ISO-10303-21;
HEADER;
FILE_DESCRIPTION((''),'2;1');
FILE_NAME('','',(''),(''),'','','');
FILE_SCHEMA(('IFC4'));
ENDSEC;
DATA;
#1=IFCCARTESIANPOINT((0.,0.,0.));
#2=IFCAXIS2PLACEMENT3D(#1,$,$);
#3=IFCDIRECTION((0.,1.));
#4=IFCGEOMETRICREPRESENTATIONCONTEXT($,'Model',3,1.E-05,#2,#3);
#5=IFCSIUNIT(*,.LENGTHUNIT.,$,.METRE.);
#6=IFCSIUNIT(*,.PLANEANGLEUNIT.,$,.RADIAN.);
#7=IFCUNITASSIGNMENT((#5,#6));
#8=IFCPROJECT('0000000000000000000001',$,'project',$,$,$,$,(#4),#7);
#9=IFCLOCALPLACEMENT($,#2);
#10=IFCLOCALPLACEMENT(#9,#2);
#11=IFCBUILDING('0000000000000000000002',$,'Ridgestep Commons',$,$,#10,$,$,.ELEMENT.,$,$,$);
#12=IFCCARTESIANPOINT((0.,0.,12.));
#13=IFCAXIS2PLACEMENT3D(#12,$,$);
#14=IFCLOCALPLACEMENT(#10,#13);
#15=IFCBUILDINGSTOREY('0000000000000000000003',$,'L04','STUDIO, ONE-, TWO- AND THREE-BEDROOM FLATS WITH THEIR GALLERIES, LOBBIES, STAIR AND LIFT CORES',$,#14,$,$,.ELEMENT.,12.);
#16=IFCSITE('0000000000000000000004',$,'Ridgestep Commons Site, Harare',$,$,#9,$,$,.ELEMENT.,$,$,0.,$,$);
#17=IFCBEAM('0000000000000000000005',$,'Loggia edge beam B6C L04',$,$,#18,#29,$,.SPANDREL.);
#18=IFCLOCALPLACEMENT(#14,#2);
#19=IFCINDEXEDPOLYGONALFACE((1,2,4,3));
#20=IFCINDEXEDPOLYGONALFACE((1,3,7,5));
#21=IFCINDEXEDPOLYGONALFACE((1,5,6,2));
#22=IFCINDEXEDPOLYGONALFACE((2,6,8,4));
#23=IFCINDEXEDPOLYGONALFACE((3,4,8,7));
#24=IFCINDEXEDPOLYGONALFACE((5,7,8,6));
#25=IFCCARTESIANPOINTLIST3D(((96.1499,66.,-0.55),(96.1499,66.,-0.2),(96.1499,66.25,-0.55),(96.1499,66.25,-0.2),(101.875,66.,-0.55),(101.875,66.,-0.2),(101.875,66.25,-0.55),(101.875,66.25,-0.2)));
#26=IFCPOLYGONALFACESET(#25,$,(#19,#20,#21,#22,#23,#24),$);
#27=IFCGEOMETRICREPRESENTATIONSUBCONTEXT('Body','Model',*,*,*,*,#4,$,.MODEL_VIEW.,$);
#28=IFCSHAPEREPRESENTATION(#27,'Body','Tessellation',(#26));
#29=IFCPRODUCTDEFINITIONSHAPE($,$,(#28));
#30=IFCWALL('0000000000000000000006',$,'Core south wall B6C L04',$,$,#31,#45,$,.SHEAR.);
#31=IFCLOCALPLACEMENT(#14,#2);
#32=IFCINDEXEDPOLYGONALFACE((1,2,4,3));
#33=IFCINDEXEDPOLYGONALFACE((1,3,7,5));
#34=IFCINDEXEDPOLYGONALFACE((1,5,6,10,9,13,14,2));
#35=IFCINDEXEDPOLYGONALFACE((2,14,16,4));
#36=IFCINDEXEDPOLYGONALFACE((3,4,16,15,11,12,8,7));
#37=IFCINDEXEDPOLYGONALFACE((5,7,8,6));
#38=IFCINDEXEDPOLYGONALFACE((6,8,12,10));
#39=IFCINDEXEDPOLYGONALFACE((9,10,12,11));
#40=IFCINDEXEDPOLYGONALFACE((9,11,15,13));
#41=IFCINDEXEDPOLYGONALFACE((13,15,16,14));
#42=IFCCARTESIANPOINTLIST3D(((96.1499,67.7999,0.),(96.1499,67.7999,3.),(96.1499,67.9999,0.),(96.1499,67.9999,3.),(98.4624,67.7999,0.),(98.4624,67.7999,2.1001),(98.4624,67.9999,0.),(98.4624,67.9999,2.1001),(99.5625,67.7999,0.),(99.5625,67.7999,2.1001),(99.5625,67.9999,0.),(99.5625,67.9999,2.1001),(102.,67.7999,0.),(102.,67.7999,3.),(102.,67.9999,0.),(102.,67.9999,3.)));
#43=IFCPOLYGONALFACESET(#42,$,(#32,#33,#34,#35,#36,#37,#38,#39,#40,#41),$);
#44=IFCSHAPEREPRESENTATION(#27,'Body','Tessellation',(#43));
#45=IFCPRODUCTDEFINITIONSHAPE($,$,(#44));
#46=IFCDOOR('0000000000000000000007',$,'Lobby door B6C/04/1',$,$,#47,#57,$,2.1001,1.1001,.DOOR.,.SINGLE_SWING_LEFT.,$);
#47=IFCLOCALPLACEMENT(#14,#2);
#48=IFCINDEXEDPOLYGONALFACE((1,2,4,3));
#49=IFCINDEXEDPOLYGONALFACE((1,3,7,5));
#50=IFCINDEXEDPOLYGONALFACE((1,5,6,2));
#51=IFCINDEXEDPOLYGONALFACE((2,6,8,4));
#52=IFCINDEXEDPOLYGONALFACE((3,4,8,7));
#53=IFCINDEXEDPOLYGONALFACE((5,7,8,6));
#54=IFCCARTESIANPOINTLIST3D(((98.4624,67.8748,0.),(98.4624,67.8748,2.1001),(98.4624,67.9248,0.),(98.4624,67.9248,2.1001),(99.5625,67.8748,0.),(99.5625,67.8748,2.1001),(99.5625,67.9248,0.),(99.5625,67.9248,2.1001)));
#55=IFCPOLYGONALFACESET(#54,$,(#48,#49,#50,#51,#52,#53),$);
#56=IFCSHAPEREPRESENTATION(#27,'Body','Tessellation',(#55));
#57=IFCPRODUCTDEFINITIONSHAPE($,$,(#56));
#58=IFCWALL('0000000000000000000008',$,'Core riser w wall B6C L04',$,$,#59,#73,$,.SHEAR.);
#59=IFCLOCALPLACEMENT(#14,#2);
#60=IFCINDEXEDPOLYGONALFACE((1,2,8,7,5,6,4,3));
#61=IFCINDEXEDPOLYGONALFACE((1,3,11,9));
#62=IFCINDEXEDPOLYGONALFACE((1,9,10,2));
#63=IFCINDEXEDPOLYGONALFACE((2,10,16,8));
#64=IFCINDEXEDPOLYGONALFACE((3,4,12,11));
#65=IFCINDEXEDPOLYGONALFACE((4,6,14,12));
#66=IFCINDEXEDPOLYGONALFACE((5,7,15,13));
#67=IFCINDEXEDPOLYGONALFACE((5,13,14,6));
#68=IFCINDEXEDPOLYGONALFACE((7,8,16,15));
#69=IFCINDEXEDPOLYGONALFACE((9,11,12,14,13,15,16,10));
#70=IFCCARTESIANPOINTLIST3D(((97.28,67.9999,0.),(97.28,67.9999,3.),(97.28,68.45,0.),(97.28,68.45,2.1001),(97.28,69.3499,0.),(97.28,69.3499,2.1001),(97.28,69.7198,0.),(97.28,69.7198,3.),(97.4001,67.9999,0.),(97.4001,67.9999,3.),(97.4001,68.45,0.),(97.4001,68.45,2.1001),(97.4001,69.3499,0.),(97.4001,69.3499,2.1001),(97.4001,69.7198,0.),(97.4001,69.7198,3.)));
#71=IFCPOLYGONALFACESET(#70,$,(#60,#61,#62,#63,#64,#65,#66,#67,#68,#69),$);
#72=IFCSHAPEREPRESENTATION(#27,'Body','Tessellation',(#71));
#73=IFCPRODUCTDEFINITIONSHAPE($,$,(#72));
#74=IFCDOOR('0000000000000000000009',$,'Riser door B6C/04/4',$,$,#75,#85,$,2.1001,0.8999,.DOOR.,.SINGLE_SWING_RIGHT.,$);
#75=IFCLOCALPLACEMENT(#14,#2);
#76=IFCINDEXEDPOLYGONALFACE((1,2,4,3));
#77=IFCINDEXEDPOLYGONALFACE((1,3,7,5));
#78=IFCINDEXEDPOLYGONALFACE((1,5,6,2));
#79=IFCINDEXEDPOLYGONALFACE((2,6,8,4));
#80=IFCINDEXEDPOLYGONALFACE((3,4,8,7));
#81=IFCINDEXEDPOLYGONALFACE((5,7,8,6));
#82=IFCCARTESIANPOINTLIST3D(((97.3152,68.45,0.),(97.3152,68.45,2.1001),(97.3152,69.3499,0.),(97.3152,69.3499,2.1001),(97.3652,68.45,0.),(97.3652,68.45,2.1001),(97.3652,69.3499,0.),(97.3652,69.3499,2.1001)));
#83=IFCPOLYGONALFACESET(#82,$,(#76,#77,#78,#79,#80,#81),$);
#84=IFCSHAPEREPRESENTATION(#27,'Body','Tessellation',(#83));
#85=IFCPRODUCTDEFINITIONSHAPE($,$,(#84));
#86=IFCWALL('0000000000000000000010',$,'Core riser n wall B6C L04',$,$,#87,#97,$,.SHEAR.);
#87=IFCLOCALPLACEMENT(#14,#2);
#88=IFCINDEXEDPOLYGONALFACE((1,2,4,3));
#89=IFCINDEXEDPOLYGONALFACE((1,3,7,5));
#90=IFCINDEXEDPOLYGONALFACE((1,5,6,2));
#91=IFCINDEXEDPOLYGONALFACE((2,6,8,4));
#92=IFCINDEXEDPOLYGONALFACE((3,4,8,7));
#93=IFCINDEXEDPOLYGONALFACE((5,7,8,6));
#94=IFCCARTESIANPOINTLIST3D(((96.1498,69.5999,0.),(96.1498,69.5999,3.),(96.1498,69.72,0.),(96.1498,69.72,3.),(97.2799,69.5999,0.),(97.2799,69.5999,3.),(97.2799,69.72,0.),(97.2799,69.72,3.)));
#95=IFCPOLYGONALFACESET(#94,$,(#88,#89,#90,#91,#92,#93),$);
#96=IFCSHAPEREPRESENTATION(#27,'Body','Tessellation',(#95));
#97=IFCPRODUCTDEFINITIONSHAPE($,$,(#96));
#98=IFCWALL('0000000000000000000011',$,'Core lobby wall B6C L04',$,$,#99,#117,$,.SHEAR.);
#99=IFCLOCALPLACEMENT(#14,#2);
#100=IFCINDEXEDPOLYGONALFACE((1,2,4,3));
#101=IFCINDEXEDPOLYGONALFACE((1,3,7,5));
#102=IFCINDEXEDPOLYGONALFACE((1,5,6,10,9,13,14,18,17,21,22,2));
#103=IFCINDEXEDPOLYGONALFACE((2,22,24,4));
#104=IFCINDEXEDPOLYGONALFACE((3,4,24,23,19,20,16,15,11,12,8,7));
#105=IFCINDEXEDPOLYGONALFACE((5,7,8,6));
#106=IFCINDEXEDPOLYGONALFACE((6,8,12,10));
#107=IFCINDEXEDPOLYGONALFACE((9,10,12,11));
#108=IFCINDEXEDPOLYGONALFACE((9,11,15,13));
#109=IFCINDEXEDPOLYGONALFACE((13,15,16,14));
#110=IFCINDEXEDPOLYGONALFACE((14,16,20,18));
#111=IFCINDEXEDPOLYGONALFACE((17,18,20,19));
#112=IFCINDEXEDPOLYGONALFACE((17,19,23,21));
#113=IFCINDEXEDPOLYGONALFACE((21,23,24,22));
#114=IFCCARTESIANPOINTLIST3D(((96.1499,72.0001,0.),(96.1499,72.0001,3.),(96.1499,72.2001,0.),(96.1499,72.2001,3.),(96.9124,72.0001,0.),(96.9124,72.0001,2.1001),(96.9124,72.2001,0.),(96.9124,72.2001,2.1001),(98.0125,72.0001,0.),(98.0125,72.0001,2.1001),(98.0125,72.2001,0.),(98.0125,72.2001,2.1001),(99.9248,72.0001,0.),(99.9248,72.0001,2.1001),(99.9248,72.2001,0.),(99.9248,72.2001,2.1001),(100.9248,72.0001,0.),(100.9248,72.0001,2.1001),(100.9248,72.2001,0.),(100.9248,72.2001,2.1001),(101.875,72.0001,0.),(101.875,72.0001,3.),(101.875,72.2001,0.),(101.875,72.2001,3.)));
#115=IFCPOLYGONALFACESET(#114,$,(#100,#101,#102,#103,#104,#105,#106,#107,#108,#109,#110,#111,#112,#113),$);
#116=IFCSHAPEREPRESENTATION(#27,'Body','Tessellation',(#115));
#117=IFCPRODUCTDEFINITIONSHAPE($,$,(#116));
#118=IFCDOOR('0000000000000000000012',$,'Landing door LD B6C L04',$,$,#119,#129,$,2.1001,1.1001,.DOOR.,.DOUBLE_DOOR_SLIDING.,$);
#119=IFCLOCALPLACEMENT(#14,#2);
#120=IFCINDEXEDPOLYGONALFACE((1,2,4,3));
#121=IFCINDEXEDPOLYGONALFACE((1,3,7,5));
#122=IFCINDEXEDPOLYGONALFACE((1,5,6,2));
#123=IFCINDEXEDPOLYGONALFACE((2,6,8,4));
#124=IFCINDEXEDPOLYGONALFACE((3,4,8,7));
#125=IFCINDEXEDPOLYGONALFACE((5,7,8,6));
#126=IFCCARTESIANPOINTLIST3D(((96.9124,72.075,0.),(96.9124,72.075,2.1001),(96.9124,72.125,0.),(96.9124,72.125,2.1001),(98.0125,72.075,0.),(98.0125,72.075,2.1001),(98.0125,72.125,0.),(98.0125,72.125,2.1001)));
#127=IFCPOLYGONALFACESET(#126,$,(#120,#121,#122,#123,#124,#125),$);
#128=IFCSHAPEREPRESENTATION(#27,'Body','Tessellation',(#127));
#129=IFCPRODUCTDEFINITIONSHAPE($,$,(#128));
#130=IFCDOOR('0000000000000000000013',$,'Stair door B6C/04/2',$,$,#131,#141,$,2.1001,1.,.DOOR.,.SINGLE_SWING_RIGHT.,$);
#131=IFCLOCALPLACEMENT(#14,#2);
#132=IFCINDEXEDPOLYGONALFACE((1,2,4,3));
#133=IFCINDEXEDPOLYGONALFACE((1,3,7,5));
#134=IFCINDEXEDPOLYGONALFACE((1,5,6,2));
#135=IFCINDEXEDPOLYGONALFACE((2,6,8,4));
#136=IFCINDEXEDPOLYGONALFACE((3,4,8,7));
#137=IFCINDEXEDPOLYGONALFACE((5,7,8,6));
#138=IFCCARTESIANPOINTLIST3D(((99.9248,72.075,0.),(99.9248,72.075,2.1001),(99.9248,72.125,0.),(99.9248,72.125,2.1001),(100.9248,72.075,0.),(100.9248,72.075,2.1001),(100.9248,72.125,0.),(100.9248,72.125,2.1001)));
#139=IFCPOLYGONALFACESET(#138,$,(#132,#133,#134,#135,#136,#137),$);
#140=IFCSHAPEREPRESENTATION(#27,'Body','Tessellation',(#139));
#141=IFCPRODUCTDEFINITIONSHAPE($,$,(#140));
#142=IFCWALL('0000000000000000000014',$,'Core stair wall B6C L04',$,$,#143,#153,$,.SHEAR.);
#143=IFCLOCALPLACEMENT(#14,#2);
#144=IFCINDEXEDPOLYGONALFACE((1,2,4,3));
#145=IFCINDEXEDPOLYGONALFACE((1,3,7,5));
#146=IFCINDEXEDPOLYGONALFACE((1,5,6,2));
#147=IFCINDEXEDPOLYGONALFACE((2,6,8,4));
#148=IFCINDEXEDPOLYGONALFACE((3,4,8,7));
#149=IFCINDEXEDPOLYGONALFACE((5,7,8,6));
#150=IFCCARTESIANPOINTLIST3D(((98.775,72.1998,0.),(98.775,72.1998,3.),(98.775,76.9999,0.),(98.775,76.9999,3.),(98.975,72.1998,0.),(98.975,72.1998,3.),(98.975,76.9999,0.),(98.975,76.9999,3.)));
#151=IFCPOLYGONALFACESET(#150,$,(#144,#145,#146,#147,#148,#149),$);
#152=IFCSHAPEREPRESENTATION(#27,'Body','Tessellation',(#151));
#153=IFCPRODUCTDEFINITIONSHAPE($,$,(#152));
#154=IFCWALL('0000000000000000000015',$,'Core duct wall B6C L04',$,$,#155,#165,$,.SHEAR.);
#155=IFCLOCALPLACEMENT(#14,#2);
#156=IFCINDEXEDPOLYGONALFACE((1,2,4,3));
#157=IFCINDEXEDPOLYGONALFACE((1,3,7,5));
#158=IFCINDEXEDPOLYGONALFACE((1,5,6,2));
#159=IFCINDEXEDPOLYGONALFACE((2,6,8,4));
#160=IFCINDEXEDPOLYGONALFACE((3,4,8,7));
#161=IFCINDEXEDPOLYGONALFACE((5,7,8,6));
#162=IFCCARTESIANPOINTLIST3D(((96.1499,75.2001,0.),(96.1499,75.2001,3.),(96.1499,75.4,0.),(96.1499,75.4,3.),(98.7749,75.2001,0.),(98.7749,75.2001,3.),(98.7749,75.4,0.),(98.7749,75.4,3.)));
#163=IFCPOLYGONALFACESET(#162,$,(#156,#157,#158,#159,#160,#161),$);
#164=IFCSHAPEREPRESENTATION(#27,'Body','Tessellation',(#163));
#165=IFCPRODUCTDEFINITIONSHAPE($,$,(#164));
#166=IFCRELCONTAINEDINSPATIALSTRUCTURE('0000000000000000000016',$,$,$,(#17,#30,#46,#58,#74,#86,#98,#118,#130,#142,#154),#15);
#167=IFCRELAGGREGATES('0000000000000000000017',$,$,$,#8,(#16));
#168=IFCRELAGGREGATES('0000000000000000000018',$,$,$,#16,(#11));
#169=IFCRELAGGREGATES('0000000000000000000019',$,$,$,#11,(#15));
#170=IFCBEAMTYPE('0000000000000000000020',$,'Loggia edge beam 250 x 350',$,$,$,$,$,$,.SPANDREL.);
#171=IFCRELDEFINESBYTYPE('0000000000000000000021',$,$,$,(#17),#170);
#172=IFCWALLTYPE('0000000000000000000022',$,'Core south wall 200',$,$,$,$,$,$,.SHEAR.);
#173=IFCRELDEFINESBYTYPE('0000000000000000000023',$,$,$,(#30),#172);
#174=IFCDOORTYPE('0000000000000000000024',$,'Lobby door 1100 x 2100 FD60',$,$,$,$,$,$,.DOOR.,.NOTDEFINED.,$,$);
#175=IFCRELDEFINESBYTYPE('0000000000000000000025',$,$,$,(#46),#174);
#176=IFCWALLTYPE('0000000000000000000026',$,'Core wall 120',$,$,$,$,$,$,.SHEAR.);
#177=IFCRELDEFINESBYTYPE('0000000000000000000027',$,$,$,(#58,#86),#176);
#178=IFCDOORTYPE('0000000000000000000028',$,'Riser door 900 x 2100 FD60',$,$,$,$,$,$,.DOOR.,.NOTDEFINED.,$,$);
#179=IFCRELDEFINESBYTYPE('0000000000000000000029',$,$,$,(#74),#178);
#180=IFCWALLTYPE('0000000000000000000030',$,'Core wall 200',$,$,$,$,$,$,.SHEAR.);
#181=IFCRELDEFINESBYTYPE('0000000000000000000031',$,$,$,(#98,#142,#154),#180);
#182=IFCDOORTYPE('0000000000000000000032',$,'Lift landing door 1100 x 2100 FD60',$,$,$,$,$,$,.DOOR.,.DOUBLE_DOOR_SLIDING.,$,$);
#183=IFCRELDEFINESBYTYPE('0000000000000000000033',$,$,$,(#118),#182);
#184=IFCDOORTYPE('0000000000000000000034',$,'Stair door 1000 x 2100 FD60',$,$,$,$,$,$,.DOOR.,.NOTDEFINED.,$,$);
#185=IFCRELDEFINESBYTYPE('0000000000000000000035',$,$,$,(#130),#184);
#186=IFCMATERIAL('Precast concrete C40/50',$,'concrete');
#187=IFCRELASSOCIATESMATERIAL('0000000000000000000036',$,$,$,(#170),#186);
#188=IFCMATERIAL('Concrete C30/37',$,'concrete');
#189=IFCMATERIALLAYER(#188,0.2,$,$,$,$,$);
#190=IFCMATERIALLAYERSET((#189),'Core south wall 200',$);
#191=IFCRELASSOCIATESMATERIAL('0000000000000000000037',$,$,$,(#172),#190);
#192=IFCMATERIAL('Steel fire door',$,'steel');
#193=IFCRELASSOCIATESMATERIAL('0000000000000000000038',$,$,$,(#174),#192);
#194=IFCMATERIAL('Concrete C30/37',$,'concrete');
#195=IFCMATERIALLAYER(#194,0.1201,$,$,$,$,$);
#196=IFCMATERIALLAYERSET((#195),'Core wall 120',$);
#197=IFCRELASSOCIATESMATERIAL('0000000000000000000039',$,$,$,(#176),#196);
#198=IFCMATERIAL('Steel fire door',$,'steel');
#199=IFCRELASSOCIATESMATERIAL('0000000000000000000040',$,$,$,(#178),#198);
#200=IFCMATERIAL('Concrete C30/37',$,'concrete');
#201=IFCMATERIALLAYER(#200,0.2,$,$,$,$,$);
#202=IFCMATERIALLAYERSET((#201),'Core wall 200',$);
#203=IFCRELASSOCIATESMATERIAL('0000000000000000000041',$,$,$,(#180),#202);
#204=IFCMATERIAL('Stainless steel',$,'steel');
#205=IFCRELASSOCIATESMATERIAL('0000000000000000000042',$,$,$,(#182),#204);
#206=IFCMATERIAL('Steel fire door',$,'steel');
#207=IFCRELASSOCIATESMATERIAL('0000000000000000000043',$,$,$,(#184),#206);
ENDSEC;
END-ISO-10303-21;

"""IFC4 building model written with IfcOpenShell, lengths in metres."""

from ifc_helpers import new_model, si_unit, direction, frame, frame_2d, origin, origin_2d, place, context, subcontext, project, spatial, rectangle, extrude, material, layer, layer_set, material_profile, profile_set, type_object, element, fill, save


model = new_model("IFC4")

# Units and contexts
model_context = context("Model", 3, precision=1e-05, world=origin(), true_north=direction((0.0, 1.0)))
body_context = subcontext(model_context, "Body", "Model", "MODEL_VIEW")
ifc_project = project(units=[si_unit("LENGTHUNIT", "METRE"), si_unit("PLANEANGLEUNIT", "RADIAN")], contexts=[model_context])

# Site, building, storey
site_placement = place(None, origin())
site = spatial("IfcSite", under=ifc_project, at=site_placement, Name="Ridgestep Commons Site, Harare", CompositionType="ELEMENT", RefElevation=0.0)
building_placement = place(site_placement, origin())
building = spatial("IfcBuilding", under=site, at=building_placement, Name="Ridgestep Commons", CompositionType="ELEMENT")
storey_placement = place(building_placement, frame((0.0, 0.0, 12.0)))
storey = spatial("IfcBuildingStorey", under=building, at=storey_placement, Name="L04", Description="STUDIO, ONE-, TWO- AND THREE-BEDROOM FLATS WITH THEIR GALLERIES, LOBBIES, STAIR AND LIFT CORES", CompositionType="ELEMENT", Elevation=12.0)

# Beam
ifc_material_1 = material(Name="Precast concrete C40/50", Category="concrete")
ifc_material_profile = material_profile(ifc_material_1, rectangle(XDim=0.25, YDim=0.3501, at=origin_2d()), Name="PC 250x350")
ifc_profile_set = profile_set([ifc_material_profile], Name="Precast concrete C40/50")
beam_type = type_object("IfcBeamType", Name="Loggia edge beam 250 x 350", PredefinedType="SPANDREL", material=ifc_profile_set)
beam_placement = place(storey_placement, frame((96.1499, 66.125, -0.375), z_axis=(1.0, 0.0, 0.0), x_axis=(0.0, 1.0, 0.0)))
element("IfcBeam", 1, at=beam_placement, inside=storey, type_object=beam_type, Name="Loggia edge beam B6C L04", PredefinedType="SPANDREL", context=body_context, shape_type="SweptSolid", body=[
    extrude(rectangle(XDim=0.25, YDim=0.3501, at=origin_2d()), origin(), (0.0, 0.0, 1.0), 5.7251),
])

# Walls, openings, doors
ifc_material_2 = material(Name="Concrete C30/37", Category="concrete")
ifc_layer_1 = layer(ifc_material_2, 0.2)
ifc_layer_set_1 = layer_set([ifc_layer_1], Name="Core south wall 200")
wall_type_1 = type_object("IfcWallType", Name="Core south wall 200", PredefinedType="SHEAR", material=ifc_layer_set_1)
wall_1_placement = place(storey_placement, frame((96.1499, 67.8999, 0.0), z_axis=(0.0, 0.0, 1.0), x_axis=(1.0, 0.0, 0.0)))
wall_1 = element("IfcWall", 2, at=wall_1_placement, inside=storey, type_object=wall_type_1, Name="Core south wall B6C L04", PredefinedType="SHEAR", context=body_context, shape_type="SweptSolid", body=[
    extrude(rectangle(XDim=5.8501, YDim=0.2, at=frame_2d((2.925, 0.0))), origin(), (0.0, 0.0, 1.0), 3.0),
])
opening_1_placement = place(wall_1_placement, frame((2.3125, 0.0, 0.0)))
opening_1 = element("IfcOpeningElement", 3, at=opening_1_placement, cuts=wall_1, PredefinedType="OPENING", context=body_context, shape_type="SweptSolid", body=[
    extrude(rectangle(XDim=1.1001, YDim=2.1001, at=frame_2d((0.55, 1.05))), frame((0.0, 0.1099, 0.0), z_axis=(0.0, -1.0, 0.0), x_axis=(1.0, 0.0, 0.0)), (0.0, 0.0, 1.0), 0.22),
])
ifc_material_3 = material(Name="Steel fire door", Category="steel")
door_type_1 = type_object("IfcDoorType", Name="Lobby door 1100 x 2100 FD60", OperationType="NOTDEFINED", PredefinedType="DOOR", material=ifc_material_3)
door_1_placement = place(opening_1_placement, origin())
door_1 = element("IfcDoor", 4, at=door_1_placement, inside=storey, type_object=door_type_1, Name="Lobby door B6C/04/1", OperationType="SINGLE_SWING_LEFT", OverallHeight=2.1001, OverallWidth=1.1001, PredefinedType="DOOR", context=body_context, shape_type="SweptSolid", body=[
    extrude(rectangle(XDim=1.1001, YDim=2.1001, at=frame_2d((0.55, 1.05))), frame((0.0, 0.0249, 0.0), z_axis=(0.0, -1.0, 0.0), x_axis=(1.0, 0.0, 0.0)), (0.0, 0.0, 1.0), 0.05),
])
fill(opening_1, door_1)
ifc_material_4 = material(Name="Concrete C30/37", Category="concrete")
ifc_layer_2 = layer(ifc_material_4, 0.1201)
ifc_layer_set_2 = layer_set([ifc_layer_2], Name="Core wall 120")
wall_type_2 = type_object("IfcWallType", Name="Core wall 120", PredefinedType="SHEAR", material=ifc_layer_set_2)
wall_2_placement = place(storey_placement, frame((97.3401, 68.0, 0.0), z_axis=(0.0, 0.0, 1.0), x_axis=(0.0, 1.0, 0.0)))
wall_2 = element("IfcWall", 5, at=wall_2_placement, inside=storey, type_object=wall_type_2, Name="Core riser w wall B6C L04", PredefinedType="SHEAR", context=body_context, shape_type="SweptSolid", body=[
    extrude(rectangle(XDim=1.72, YDim=0.1201, at=frame_2d((0.8599, 0.0))), origin(), (0.0, 0.0, 1.0), 3.0),
])
opening_2_placement = place(wall_2_placement, frame((0.45, 0.0, 0.0)))
opening_2 = element("IfcOpeningElement", 6, at=opening_2_placement, cuts=wall_2, PredefinedType="OPENING", context=body_context, shape_type="SweptSolid", body=[
    extrude(rectangle(XDim=0.8999, YDim=2.1001, at=frame_2d((0.45, 1.05))), frame((0.0, 0.0701, 0.0), z_axis=(0.0, -1.0, 0.0), x_axis=(1.0, 0.0, 0.0)), (0.0, 0.0, 1.0), 0.1401),
])
ifc_material_5 = material(Name="Steel fire door", Category="steel")
door_type_2 = type_object("IfcDoorType", Name="Riser door 900 x 2100 FD60", OperationType="NOTDEFINED", PredefinedType="DOOR", material=ifc_material_5)
door_2_placement = place(opening_2_placement, origin())
door_2 = element("IfcDoor", 7, at=door_2_placement, inside=storey, type_object=door_type_2, Name="Riser door B6C/04/4", OperationType="SINGLE_SWING_RIGHT", OverallHeight=2.1001, OverallWidth=0.8999, PredefinedType="DOOR", context=body_context, shape_type="SweptSolid", body=[
    extrude(rectangle(XDim=0.8999, YDim=2.1001, at=frame_2d((0.45, 1.05))), frame((0.0, 0.0249, 0.0), z_axis=(0.0, -1.0, 0.0), x_axis=(1.0, 0.0, 0.0)), (0.0, 0.0, 1.0), 0.05),
])
fill(opening_2, door_2)

# Wall
wall_3_placement = place(storey_placement, frame((96.1499, 69.6599, 0.0), z_axis=(0.0, 0.0, 1.0), x_axis=(1.0, 0.0, 0.0)))
element("IfcWall", 8, at=wall_3_placement, inside=storey, type_object=wall_type_2, Name="Core riser n wall B6C L04", PredefinedType="SHEAR", context=body_context, shape_type="SweptSolid", body=[
    extrude(rectangle(XDim=1.1301, YDim=0.1201, at=frame_2d((0.5649, 0.0))), origin(), (0.0, 0.0, 1.0), 3.0),
])

# Wall, openings, doors
ifc_material_6 = material(Name="Concrete C30/37", Category="concrete")
ifc_layer_3 = layer(ifc_material_6, 0.2)
ifc_layer_set_3 = layer_set([ifc_layer_3], Name="Core wall 200")
wall_type_3 = type_object("IfcWallType", Name="Core wall 200", PredefinedType="SHEAR", material=ifc_layer_set_3)
wall_4_placement = place(storey_placement, frame((96.1499, 72.1001, 0.0), z_axis=(0.0, 0.0, 1.0), x_axis=(1.0, 0.0, 0.0)))
wall_4 = element("IfcWall", 9, at=wall_4_placement, inside=storey, type_object=wall_type_3, Name="Core lobby wall B6C L04", PredefinedType="SHEAR", context=body_context, shape_type="SweptSolid", body=[
    extrude(rectangle(XDim=5.7251, YDim=0.2, at=frame_2d((2.8625, 0.0))), origin(), (0.0, 0.0, 1.0), 3.0),
])
opening_3_placement = place(wall_4_placement, frame((3.7749, 0.0, 0.0)))
opening_3 = element("IfcOpeningElement", 10, at=opening_3_placement, cuts=wall_4, PredefinedType="OPENING", context=body_context, shape_type="SweptSolid", body=[
    extrude(rectangle(XDim=1.0, YDim=2.1001, at=frame_2d((0.5, 1.05))), frame((0.0, 0.1099, 0.0), z_axis=(0.0, -1.0, 0.0), x_axis=(1.0, 0.0, 0.0)), (0.0, 0.0, 1.0), 0.22),
])
opening_4_placement = place(wall_4_placement, frame((0.7625, 0.0, 0.0)))
opening_4 = element("IfcOpeningElement", 11, at=opening_4_placement, cuts=wall_4, PredefinedType="OPENING", context=body_context, shape_type="SweptSolid", body=[
    extrude(rectangle(XDim=1.1001, YDim=2.1001, at=frame_2d((0.55, 1.05))), frame((0.0, 0.1099, 0.0), z_axis=(0.0, -1.0, 0.0), x_axis=(1.0, 0.0, 0.0)), (0.0, 0.0, 1.0), 0.22),
])
ifc_material_7 = material(Name="Stainless steel", Category="steel")
door_type_3 = type_object("IfcDoorType", Name="Lift landing door 1100 x 2100 FD60", OperationType="DOUBLE_DOOR_SLIDING", PredefinedType="DOOR", material=ifc_material_7)
door_3_placement = place(opening_4_placement, origin())
door_3 = element("IfcDoor", 12, at=door_3_placement, inside=storey, type_object=door_type_3, Name="Landing door LD B6C L04", OperationType="DOUBLE_DOOR_SLIDING", OverallHeight=2.1001, OverallWidth=1.1001, PredefinedType="DOOR", context=body_context, shape_type="SweptSolid", body=[
    extrude(rectangle(XDim=1.1001, YDim=2.1001, at=frame_2d((0.55, 1.05))), frame((0.0, 0.0249, 0.0), z_axis=(0.0, -1.0, 0.0), x_axis=(1.0, 0.0, 0.0)), (0.0, 0.0, 1.0), 0.05),
])
fill(opening_4, door_3)
ifc_material_8 = material(Name="Steel fire door", Category="steel")
door_type_4 = type_object("IfcDoorType", Name="Stair door 1000 x 2100 FD60", OperationType="NOTDEFINED", PredefinedType="DOOR", material=ifc_material_8)
door_4_placement = place(opening_3_placement, origin())
door_4 = element("IfcDoor", 13, at=door_4_placement, inside=storey, type_object=door_type_4, Name="Stair door B6C/04/2", OperationType="SINGLE_SWING_RIGHT", OverallHeight=2.1001, OverallWidth=1.0, PredefinedType="DOOR", context=body_context, shape_type="SweptSolid", body=[
    extrude(rectangle(XDim=1.0, YDim=2.1001, at=frame_2d((0.5, 1.05))), frame((0.0, 0.0249, 0.0), z_axis=(0.0, -1.0, 0.0), x_axis=(1.0, 0.0, 0.0)), (0.0, 0.0, 1.0), 0.05),
])
fill(opening_3, door_4)

# Walls
wall_5_placement = place(storey_placement, frame((98.875, 72.2, 0.0), z_axis=(0.0, 0.0, 1.0), x_axis=(0.0, 1.0, 0.0)))
element("IfcWall", 14, at=wall_5_placement, inside=storey, type_object=wall_type_3, Name="Core stair wall B6C L04", PredefinedType="SHEAR", context=body_context, shape_type="SweptSolid", body=[
    extrude(rectangle(XDim=4.8, YDim=0.2, at=frame_2d((2.3999, 0.0))), origin(), (0.0, 0.0, 1.0), 3.0),
])
wall_6_placement = place(storey_placement, frame((96.1499, 75.3, 0.0), z_axis=(0.0, 0.0, 1.0), x_axis=(1.0, 0.0, 0.0)))
element("IfcWall", 15, at=wall_6_placement, inside=storey, type_object=wall_type_3, Name="Core duct wall B6C L04", PredefinedType="SHEAR", context=body_context, shape_type="SweptSolid", body=[
    extrude(rectangle(XDim=2.625, YDim=0.2, at=frame_2d((1.3125, 0.0))), origin(), (0.0, 0.0, 1.0), 3.0),
])

save(model, "model.ifc")
